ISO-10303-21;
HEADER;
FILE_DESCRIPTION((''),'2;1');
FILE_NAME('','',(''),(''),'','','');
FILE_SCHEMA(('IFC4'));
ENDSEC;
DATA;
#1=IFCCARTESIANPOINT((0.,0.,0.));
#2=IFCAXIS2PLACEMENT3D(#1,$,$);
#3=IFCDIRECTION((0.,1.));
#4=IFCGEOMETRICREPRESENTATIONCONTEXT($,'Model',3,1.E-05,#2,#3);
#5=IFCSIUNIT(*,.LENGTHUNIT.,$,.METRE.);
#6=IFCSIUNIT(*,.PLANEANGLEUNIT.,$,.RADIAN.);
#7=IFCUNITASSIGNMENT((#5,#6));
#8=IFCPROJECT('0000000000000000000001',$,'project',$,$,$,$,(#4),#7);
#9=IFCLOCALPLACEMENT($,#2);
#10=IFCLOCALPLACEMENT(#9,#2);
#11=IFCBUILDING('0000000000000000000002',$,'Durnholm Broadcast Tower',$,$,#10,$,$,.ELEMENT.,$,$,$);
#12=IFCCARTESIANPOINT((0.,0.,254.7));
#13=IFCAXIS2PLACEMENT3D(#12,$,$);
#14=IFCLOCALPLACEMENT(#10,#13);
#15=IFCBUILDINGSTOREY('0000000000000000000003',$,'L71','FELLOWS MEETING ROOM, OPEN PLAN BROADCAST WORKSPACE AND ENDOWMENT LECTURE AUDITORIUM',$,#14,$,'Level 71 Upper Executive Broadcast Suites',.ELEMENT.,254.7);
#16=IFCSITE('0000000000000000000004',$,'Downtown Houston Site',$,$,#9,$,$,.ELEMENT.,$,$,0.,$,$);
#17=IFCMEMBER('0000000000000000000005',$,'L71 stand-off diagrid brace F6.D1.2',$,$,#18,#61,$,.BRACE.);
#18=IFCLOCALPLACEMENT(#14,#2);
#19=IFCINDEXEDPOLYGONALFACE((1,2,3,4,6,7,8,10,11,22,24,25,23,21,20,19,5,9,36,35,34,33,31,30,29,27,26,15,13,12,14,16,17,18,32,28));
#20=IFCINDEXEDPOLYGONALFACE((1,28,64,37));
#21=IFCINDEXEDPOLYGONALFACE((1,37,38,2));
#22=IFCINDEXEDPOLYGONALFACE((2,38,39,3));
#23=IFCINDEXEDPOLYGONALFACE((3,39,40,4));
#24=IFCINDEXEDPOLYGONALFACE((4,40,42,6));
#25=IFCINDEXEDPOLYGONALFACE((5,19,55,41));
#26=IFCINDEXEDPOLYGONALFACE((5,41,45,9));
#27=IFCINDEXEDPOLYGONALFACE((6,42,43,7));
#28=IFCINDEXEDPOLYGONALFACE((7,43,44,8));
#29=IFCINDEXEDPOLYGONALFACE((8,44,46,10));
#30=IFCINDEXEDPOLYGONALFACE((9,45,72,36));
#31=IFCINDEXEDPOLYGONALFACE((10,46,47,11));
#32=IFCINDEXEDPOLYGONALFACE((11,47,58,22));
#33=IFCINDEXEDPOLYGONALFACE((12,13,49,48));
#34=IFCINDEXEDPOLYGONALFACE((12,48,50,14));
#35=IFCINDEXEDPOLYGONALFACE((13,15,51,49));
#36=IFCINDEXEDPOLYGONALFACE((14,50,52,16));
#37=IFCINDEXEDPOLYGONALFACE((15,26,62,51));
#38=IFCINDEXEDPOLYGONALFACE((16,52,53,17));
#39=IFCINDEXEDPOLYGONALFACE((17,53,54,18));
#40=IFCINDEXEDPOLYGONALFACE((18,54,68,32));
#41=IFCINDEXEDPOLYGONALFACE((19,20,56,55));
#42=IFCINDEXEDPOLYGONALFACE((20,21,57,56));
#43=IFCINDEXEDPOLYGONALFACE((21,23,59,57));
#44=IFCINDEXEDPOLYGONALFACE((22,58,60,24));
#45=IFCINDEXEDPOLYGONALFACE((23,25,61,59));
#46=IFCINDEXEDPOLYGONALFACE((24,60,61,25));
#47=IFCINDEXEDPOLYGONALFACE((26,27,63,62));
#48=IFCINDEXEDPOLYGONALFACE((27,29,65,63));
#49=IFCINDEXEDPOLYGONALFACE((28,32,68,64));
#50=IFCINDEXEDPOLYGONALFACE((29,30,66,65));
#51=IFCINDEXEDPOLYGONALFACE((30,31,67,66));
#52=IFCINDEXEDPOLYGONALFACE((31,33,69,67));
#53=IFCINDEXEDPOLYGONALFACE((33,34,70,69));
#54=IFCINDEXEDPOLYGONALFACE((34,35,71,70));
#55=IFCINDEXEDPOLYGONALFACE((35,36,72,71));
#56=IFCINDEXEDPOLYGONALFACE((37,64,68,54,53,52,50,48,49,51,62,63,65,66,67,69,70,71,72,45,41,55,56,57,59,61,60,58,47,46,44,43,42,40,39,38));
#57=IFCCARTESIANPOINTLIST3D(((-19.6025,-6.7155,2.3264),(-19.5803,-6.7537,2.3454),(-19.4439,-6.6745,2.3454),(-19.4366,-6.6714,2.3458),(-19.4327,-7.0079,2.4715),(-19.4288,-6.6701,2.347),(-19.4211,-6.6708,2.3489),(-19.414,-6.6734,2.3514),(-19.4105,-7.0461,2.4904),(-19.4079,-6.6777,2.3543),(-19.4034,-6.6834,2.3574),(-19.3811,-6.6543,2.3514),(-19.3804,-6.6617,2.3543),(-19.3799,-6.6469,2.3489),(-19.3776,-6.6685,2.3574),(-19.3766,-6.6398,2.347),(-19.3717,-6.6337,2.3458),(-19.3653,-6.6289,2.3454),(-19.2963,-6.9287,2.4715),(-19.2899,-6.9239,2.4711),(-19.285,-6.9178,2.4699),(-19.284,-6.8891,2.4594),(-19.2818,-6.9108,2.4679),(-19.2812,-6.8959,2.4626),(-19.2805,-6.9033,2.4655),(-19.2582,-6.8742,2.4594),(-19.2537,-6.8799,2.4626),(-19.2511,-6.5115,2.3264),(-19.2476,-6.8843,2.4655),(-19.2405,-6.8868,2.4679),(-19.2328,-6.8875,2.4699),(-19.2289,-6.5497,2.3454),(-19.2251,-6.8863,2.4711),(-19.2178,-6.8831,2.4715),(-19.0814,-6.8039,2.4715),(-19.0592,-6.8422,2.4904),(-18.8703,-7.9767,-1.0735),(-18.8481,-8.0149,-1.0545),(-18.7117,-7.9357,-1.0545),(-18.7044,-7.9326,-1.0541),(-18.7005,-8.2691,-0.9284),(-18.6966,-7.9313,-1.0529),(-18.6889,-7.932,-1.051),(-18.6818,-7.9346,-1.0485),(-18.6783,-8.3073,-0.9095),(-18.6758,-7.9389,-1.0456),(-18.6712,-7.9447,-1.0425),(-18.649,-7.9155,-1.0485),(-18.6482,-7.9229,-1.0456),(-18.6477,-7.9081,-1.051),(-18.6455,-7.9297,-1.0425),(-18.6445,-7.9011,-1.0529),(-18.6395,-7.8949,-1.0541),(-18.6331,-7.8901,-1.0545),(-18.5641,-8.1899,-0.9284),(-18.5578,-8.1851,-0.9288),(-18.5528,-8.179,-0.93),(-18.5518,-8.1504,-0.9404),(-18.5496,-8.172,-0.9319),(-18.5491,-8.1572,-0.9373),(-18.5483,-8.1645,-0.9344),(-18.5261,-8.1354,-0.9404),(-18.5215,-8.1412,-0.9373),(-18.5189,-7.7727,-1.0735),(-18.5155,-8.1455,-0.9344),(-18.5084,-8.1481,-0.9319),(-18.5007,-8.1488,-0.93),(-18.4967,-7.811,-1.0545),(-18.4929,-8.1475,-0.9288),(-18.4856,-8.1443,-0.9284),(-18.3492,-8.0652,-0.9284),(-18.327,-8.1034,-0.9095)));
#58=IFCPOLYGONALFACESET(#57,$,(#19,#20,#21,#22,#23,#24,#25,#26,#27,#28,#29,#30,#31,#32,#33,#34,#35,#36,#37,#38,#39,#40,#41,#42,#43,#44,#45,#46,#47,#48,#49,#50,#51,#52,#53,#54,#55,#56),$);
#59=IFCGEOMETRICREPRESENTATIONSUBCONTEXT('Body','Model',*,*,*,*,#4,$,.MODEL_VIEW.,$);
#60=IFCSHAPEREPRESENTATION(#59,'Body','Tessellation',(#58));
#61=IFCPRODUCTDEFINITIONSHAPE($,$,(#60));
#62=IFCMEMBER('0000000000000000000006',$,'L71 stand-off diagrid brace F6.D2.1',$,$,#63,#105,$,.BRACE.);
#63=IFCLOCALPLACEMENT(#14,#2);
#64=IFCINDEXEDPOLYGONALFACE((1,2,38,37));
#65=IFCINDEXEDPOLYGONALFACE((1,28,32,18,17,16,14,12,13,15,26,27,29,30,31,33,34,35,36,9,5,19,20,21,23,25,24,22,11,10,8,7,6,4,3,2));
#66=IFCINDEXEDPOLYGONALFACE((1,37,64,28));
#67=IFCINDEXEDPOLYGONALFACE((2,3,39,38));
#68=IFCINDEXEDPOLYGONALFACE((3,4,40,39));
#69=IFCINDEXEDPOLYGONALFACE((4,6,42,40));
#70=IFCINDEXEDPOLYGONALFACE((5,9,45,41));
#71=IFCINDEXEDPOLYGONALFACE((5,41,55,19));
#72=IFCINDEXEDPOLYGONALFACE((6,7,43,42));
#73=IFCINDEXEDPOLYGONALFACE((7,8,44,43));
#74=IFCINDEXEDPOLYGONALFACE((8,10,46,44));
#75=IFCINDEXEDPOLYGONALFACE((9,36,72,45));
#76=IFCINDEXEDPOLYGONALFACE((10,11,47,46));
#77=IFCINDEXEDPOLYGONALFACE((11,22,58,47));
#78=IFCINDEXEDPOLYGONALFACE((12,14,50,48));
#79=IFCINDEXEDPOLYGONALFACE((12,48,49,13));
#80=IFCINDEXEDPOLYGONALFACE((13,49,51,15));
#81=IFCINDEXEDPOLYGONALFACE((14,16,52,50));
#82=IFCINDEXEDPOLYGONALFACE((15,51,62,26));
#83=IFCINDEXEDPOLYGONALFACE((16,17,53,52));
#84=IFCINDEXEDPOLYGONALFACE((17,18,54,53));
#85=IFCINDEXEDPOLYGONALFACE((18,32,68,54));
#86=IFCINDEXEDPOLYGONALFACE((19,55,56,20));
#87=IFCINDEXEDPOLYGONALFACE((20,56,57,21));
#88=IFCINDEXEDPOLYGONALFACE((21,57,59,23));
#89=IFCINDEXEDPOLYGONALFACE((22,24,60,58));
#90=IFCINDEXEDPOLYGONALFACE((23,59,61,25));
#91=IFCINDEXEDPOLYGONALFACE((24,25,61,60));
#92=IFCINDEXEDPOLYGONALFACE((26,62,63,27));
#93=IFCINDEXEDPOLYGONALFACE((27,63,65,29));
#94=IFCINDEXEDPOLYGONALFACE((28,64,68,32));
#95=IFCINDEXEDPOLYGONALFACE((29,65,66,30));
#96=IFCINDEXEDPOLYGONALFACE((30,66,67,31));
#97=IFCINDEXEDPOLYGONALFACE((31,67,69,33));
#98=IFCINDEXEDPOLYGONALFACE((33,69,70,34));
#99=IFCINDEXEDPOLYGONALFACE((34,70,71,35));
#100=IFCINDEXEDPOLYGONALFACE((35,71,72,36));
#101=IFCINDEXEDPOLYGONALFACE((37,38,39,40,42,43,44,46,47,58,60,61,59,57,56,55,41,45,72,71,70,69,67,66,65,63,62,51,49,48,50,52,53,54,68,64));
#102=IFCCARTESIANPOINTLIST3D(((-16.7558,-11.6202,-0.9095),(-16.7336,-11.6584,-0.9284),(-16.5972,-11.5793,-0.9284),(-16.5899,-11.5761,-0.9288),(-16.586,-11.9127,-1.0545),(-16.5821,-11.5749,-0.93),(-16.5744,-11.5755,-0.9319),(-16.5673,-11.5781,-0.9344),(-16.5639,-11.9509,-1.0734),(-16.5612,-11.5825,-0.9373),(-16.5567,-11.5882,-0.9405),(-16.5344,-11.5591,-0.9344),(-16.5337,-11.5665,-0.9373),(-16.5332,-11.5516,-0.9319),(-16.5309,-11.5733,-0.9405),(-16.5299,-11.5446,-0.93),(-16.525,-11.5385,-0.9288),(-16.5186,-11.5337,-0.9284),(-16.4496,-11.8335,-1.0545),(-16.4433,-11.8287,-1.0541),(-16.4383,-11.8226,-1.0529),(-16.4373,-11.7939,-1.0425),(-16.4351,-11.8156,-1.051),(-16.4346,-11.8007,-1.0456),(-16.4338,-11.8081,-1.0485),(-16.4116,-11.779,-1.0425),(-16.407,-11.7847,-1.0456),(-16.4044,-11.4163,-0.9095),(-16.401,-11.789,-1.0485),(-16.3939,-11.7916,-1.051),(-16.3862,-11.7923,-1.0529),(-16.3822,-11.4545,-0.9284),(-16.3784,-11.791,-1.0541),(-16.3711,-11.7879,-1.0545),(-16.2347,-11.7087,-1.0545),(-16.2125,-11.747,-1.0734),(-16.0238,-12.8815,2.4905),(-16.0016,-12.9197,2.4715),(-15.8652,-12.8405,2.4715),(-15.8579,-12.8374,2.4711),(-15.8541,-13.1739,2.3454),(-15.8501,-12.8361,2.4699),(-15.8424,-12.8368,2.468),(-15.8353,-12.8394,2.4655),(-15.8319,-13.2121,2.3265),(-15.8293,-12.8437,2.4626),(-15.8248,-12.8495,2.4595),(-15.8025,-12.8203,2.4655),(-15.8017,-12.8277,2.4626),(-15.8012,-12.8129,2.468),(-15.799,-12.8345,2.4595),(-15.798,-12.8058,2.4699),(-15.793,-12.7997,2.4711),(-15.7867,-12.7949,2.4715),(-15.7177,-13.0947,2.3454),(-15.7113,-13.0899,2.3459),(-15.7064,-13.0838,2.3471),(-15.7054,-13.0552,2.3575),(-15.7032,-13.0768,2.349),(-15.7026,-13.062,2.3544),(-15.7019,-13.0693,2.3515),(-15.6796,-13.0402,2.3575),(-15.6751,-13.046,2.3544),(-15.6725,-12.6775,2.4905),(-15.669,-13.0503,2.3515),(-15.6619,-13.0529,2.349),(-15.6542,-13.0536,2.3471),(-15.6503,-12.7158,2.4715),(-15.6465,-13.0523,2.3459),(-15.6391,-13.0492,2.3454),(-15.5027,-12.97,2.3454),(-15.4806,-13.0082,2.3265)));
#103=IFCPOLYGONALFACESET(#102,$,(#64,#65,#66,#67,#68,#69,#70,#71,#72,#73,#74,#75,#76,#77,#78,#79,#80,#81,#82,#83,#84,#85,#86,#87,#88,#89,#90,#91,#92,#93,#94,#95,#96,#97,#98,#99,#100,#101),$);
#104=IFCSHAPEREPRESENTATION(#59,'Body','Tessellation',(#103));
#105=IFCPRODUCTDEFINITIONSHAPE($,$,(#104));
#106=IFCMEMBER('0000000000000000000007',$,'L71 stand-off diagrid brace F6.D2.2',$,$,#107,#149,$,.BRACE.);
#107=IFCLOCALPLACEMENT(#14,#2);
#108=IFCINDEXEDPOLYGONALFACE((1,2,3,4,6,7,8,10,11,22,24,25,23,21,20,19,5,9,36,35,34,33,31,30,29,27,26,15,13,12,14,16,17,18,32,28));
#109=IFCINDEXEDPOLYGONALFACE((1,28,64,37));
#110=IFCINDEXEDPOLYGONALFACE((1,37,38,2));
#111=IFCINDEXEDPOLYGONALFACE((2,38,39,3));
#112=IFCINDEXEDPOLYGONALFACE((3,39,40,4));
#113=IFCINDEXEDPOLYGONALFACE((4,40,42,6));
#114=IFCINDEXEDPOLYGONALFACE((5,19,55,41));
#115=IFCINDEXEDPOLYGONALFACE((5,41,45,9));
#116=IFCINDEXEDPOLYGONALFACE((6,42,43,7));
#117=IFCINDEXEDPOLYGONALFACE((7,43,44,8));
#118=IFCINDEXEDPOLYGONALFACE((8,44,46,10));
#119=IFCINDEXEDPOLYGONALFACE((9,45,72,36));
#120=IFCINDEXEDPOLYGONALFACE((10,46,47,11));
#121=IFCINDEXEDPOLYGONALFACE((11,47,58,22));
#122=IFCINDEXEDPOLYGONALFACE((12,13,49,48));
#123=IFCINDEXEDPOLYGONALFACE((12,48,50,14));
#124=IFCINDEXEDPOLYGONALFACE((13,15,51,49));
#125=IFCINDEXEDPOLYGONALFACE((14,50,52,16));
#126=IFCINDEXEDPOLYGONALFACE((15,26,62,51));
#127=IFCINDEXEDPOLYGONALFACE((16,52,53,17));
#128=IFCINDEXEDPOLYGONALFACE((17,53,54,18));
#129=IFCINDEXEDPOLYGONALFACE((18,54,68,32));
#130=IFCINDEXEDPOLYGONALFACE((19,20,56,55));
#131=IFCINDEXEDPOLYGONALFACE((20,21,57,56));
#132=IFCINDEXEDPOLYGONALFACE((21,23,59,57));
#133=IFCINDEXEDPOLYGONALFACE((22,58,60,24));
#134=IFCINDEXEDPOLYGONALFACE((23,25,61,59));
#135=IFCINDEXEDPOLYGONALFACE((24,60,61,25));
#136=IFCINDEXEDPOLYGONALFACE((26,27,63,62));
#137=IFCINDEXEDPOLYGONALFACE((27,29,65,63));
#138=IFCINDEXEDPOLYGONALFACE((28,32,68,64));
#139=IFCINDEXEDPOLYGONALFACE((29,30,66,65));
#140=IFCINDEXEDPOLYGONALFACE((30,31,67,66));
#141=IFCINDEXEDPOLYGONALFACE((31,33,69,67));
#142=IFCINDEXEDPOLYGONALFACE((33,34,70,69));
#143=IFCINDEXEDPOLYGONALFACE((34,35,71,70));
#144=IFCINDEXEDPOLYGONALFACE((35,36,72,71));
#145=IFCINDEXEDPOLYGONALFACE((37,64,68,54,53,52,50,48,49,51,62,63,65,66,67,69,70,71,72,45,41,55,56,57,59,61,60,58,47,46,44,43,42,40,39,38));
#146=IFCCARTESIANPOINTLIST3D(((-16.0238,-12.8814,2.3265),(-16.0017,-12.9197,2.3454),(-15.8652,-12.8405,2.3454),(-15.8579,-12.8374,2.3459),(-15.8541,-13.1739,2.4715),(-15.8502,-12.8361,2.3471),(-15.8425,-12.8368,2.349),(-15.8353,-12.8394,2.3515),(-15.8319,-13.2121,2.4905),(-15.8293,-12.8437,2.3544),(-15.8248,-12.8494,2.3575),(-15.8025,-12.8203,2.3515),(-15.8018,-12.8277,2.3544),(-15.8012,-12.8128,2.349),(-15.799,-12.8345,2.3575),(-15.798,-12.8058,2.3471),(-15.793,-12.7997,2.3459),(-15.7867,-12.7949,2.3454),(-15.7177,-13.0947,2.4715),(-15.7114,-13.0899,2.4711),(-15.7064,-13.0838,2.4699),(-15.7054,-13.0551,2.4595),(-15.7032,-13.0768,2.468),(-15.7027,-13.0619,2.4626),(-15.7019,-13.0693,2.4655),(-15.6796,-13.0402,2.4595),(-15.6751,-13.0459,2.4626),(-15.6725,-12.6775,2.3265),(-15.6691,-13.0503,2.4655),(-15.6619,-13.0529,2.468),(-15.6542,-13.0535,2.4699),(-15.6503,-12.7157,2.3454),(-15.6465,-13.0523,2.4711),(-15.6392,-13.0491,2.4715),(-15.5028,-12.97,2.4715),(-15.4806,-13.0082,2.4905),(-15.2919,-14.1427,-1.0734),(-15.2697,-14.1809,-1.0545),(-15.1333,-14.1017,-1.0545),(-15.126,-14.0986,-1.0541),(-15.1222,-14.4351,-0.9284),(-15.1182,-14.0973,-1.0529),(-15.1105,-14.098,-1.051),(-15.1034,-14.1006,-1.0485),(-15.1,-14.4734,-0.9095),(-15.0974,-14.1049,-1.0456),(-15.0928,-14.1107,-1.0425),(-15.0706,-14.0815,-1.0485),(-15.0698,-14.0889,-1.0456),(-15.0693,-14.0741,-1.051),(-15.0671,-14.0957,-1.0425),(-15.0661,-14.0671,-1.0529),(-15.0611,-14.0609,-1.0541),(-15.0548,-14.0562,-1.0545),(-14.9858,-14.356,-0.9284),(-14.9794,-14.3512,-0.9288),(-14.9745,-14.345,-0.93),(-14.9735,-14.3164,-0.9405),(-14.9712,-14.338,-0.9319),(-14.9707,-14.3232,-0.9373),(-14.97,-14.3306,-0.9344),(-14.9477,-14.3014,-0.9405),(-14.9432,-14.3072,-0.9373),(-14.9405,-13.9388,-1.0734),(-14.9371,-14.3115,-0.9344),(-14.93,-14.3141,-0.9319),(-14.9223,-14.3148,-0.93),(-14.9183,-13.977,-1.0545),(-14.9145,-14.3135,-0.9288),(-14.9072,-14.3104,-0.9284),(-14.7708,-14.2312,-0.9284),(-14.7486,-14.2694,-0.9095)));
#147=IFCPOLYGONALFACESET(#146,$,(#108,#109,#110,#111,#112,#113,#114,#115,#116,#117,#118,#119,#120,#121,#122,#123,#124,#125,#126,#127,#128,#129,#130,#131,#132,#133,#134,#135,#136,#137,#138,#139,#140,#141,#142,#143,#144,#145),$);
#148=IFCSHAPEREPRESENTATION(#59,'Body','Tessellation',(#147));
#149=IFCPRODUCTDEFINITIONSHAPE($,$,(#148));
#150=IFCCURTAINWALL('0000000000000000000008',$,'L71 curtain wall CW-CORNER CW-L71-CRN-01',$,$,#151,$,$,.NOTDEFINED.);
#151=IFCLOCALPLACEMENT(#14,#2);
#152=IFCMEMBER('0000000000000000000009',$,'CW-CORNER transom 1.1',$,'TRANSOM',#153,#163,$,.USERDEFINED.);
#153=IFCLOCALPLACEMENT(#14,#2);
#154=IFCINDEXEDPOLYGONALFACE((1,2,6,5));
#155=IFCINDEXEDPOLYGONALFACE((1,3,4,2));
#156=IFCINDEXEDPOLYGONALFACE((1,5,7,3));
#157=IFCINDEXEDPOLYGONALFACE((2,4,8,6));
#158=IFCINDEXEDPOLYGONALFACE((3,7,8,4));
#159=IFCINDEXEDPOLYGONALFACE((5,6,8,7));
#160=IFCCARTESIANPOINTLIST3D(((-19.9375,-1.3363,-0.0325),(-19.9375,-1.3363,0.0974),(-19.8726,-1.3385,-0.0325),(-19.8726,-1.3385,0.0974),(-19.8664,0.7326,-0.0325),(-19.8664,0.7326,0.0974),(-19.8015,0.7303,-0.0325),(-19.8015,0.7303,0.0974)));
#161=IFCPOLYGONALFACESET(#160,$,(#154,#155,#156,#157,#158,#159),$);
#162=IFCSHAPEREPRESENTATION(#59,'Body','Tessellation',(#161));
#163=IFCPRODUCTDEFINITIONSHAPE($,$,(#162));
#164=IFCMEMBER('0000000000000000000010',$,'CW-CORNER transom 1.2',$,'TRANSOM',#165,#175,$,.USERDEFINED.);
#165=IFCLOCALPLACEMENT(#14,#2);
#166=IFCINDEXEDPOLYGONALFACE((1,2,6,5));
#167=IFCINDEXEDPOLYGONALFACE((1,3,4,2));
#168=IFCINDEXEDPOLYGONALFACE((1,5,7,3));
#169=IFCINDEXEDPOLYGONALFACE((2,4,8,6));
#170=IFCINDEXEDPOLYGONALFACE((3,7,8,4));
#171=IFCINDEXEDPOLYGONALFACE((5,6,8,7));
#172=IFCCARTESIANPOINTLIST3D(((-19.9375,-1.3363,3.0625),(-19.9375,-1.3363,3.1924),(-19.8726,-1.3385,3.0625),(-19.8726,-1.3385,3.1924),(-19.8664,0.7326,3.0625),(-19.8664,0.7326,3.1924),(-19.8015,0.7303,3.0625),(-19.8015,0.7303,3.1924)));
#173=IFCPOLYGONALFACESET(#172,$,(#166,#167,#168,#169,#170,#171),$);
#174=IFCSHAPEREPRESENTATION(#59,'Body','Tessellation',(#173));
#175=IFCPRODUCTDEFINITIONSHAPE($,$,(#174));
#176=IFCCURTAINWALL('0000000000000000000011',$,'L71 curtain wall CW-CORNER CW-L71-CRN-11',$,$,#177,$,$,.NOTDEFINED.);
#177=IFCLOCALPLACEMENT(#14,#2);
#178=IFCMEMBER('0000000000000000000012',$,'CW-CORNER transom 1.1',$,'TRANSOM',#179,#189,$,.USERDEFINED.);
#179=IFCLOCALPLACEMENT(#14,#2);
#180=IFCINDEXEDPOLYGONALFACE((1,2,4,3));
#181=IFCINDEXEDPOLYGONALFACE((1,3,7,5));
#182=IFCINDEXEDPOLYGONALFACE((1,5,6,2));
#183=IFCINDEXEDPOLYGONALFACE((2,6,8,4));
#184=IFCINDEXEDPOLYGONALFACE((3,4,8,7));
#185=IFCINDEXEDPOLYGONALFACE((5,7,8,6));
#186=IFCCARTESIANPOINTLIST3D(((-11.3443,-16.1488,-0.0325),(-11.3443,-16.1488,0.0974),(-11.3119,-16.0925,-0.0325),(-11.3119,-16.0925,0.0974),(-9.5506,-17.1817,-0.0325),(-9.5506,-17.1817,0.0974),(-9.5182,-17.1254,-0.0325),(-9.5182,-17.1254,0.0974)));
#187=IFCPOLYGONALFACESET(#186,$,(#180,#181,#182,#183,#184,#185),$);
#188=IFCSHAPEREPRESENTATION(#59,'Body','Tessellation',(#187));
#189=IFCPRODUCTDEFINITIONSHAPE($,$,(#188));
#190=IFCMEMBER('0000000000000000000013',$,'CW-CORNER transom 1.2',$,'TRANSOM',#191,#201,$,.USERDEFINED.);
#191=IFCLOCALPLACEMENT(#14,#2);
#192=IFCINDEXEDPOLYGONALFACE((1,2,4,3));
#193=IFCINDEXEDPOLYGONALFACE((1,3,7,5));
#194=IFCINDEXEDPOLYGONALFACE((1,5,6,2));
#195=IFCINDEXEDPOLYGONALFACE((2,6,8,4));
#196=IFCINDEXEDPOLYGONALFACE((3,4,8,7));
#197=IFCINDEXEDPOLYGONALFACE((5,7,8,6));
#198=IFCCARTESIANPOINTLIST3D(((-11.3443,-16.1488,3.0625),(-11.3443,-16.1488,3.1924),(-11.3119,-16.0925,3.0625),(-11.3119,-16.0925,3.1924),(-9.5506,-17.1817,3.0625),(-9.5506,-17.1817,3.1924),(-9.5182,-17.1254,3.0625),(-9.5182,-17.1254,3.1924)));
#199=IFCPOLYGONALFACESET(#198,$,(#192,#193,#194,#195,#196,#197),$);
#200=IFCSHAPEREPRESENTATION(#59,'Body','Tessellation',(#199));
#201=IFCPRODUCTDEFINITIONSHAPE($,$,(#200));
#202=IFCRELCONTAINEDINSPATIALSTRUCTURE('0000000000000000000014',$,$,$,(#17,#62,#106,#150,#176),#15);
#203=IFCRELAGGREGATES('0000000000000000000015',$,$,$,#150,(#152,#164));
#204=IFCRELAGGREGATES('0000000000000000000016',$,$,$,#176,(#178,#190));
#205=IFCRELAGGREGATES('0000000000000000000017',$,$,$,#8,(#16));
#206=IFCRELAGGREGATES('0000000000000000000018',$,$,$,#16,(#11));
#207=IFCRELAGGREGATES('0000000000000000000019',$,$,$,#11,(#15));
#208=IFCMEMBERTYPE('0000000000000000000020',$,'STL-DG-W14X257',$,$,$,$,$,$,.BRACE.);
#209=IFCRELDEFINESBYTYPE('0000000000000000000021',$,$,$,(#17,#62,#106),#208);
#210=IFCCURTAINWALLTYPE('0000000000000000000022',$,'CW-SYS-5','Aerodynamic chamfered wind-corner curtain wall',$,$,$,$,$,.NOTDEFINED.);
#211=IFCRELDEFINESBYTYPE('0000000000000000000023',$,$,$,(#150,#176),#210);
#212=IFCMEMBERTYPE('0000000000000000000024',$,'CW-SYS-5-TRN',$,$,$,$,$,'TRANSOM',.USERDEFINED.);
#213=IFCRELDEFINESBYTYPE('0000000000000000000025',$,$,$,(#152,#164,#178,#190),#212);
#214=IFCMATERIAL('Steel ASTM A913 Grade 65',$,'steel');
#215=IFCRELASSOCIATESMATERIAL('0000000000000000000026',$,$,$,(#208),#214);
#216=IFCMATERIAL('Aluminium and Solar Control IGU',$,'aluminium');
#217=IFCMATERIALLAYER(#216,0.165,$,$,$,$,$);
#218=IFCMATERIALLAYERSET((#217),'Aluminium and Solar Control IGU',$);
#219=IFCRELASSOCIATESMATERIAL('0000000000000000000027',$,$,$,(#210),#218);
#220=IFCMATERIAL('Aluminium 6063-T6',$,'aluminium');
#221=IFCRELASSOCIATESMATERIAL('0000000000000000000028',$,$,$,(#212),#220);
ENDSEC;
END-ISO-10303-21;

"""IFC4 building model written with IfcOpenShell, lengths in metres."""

from ifc_helpers import new_model, si_unit, direction, frame, origin, origin_2d, place, context, subcontext, project, spatial, rectangle, i_section, extrude, source, transform, mapped, material, layer, layer_set, material_profile, profile_set, type_object, type_shapes, element, aggregate, save


model = new_model("IFC4")

# Units and contexts
model_context = context("Model", 3, precision=1e-05, world=origin(), true_north=direction((0.0, 1.0)))
body_context = subcontext(model_context, "Body", "Model", "MODEL_VIEW")
ifc_project = project(units=[si_unit("LENGTHUNIT", "METRE"), si_unit("PLANEANGLEUNIT", "RADIAN")], contexts=[model_context])

# Site, building, storey
site_placement = place(None, origin())
site = spatial("IfcSite", under=ifc_project, at=site_placement, Name="Downtown Houston Site", CompositionType="ELEMENT", RefElevation=0.0)
building_placement = place(site_placement, origin())
building = spatial("IfcBuilding", under=site, at=building_placement, Name="Durnholm Broadcast Tower", CompositionType="ELEMENT")
storey_placement = place(building_placement, frame((0.0, 0.0, 254.7)))
storey = spatial("IfcBuildingStorey", under=building, at=storey_placement, Name="L71", Description="FELLOWS MEETING ROOM, OPEN PLAN BROADCAST WORKSPACE AND ENDOWMENT LECTURE AUDITORIUM", LongName="Level 71 Upper Executive Broadcast Suites", CompositionType="ELEMENT", Elevation=254.7)

# Members
ifc_material_1 = material(Name="Steel ASTM A913 Grade 65", Category="steel")
ifc_material_profile_1 = material_profile(ifc_material_1, i_section(OverallWidth=0.4062, OverallDepth=0.416, WebThickness=0.0298, FlangeThickness=0.0481, FilletRadius=0.0305, at=origin_2d()), Name="W14X257")
ifc_profile_set_1 = profile_set([ifc_material_profile_1], Name="Steel ASTM A913 Grade 65")
member_type_1 = type_object("IfcMemberType", Name="STL-DG-W14X257", PredefinedType="BRACE", material=ifc_profile_set_1)
shared_shape_1 = source(origin(), body_context, "Body", "SweptSolid", [
    extrude(i_section(OverallWidth=0.4062, OverallDepth=0.416, WebThickness=0.0298, FlangeThickness=0.0481, FilletRadius=0.0305, at=origin_2d()), origin(), (0.0, 0.0, 1.0), 3.6995),
])
type_shapes(member_type_1, [shared_shape_1])
for number, where, z_axis, x_axis, name in (
    (1, (-18.5986, -8.04, -0.9915), (-0.197914, 0.340921, 0.919023), (-0.864833, -0.502059, 0.0), "L71 stand-off diagrid brace F6.D1.2"),
    (2, (-16.4841, -11.6836, -0.9915), (0.19785, -0.340926, 0.919035), (0.864906, 0.501934, 0.0), "L71 stand-off diagrid brace F6.D2.1"),
    (3, (-15.0203, -14.2061, -0.9915), (-0.19785, 0.340926, 0.919035), (-0.864906, -0.501934, 0.0), "L71 stand-off diagrid brace F6.D2.2"),
):
    element("IfcMember", number, at=place(storey_placement, frame(where, z_axis=z_axis, x_axis=x_axis)), inside=storey, type_object=member_type_1, Name=name, PredefinedType="BRACE", context=body_context, shape_type="MappedRepresentation", body=[
        mapped(shared_shape_1, transform((0.0, 0.0, 0.0), x_axis=(1.0, 0.0, 0.0), y_axis=(0.0, 1.0, 0.0), z_axis=(0.0, 0.0, 1.0), scale=1.0)),
    ])

# Curtain walls, members
ifc_material_2 = material(Name="Aluminium and Solar Control IGU", Category="aluminium")
ifc_layer_1 = layer(ifc_material_2, 0.165)
ifc_layer_set_1 = layer_set([ifc_layer_1], Name="Aluminium and Solar Control IGU")
curtain_wall_type_1 = type_object("IfcCurtainWallType", Name="CW-SYS-5", Description="Aerodynamic chamfered wind-corner curtain wall", PredefinedType="NOTDEFINED", material=ifc_layer_set_1)
curtain_wall_1_placement = place(storey_placement, origin())
curtain_wall_1 = element("IfcCurtainWall", 4, at=curtain_wall_1_placement, inside=storey, type_object=curtain_wall_type_1, Name="L71 curtain wall CW-CORNER CW-L71-CRN-01", PredefinedType="NOTDEFINED")
ifc_material_3 = material(Name="Aluminium 6063-T6", Category="aluminium")
ifc_material_profile_2 = material_profile(ifc_material_3, rectangle(XDim=0.0649, YDim=0.1299, at=origin_2d()), Name="CWT65X130")
ifc_profile_set_2 = profile_set([ifc_material_profile_2], Name="Aluminium 6063-T6")
member_type_2 = type_object("IfcMemberType", Name="CW-SYS-5-TRN", ElementType="TRANSOM", PredefinedType="USERDEFINED", material=ifc_profile_set_2)
shared_shape_2 = source(origin(), body_context, "Body", "SweptSolid", [
    extrude(rectangle(XDim=0.0649, YDim=0.1299, at=origin_2d()), origin(), (0.0, 0.0, 1.0), 2.0701),
])
member_1_placement = place(storey_placement, frame((-19.905, -1.3374, 0.0325), z_axis=(0.03432, 0.999411, 0.0), x_axis=(-0.999411, 0.03432, 0.0)))
member_1 = element("IfcMember", 5, at=member_1_placement, type_object=member_type_2, Name="CW-CORNER transom 1.1", ObjectType="TRANSOM", PredefinedType="USERDEFINED", context=body_context, shape_type="MappedRepresentation", body=[
    mapped(shared_shape_2, transform((0.0, 0.0, 0.0), x_axis=(1.0, 0.0, 0.0), y_axis=(0.0, 1.0, 0.0), z_axis=(0.0, 0.0, 1.0), scale=1.0)),
])
member_2_placement = place(storey_placement, frame((-19.905, -1.3374, 3.1274), z_axis=(0.03432, 0.999411, 0.0), x_axis=(-0.999411, 0.03432, 0.0)))
member_2 = element("IfcMember", 6, at=member_2_placement, type_object=member_type_2, Name="CW-CORNER transom 1.2", ObjectType="TRANSOM", PredefinedType="USERDEFINED", context=body_context, shape_type="MappedRepresentation", body=[
    mapped(shared_shape_2, transform((0.0, 0.0, 0.0), x_axis=(1.0, 0.0, 0.0), y_axis=(0.0, 1.0, 0.0), z_axis=(0.0, 0.0, 1.0), scale=1.0)),
])
curtain_wall_2_placement = place(storey_placement, origin())
curtain_wall_2 = element("IfcCurtainWall", 7, at=curtain_wall_2_placement, inside=storey, type_object=curtain_wall_type_1, Name="L71 curtain wall CW-CORNER CW-L71-CRN-11", PredefinedType="NOTDEFINED")
shared_shape_3 = source(origin(), body_context, "Body", "SweptSolid", [
    extrude(rectangle(XDim=0.0649, YDim=0.1299, at=origin_2d()), origin(), (0.0, 0.0, 1.0), 2.0698),
])
type_shapes(member_type_2, [shared_shape_2, shared_shape_3])
member_3_placement = place(storey_placement, frame((-9.5344, -17.1536, 0.0325), z_axis=(-0.866576, 0.499045, 0.0), x_axis=(-0.499045, -0.866576, 0.0)))
member_3 = element("IfcMember", 8, at=member_3_placement, type_object=member_type_2, Name="CW-CORNER transom 1.1", ObjectType="TRANSOM", PredefinedType="USERDEFINED", context=body_context, shape_type="MappedRepresentation", body=[
    mapped(shared_shape_3, transform((0.0, 0.0, 0.0), x_axis=(1.0, 0.0, 0.0), y_axis=(0.0, 1.0, 0.0), z_axis=(0.0, 0.0, 1.0), scale=1.0)),
])
member_4_placement = place(storey_placement, frame((-9.5344, -17.1536, 3.1274), z_axis=(-0.866576, 0.499045, 0.0), x_axis=(-0.499045, -0.866576, 0.0)))
member_4 = element("IfcMember", 9, at=member_4_placement, type_object=member_type_2, Name="CW-CORNER transom 1.2", ObjectType="TRANSOM", PredefinedType="USERDEFINED", context=body_context, shape_type="MappedRepresentation", body=[
    mapped(shared_shape_3, transform((0.0, 0.0, 0.0), x_axis=(1.0, 0.0, 0.0), y_axis=(0.0, 1.0, 0.0), z_axis=(0.0, 0.0, 1.0), scale=1.0)),
])

aggregate(curtain_wall_1, [member_1, member_2])

aggregate(curtain_wall_2, [member_3, member_4])

save(model, "model.ifc")
